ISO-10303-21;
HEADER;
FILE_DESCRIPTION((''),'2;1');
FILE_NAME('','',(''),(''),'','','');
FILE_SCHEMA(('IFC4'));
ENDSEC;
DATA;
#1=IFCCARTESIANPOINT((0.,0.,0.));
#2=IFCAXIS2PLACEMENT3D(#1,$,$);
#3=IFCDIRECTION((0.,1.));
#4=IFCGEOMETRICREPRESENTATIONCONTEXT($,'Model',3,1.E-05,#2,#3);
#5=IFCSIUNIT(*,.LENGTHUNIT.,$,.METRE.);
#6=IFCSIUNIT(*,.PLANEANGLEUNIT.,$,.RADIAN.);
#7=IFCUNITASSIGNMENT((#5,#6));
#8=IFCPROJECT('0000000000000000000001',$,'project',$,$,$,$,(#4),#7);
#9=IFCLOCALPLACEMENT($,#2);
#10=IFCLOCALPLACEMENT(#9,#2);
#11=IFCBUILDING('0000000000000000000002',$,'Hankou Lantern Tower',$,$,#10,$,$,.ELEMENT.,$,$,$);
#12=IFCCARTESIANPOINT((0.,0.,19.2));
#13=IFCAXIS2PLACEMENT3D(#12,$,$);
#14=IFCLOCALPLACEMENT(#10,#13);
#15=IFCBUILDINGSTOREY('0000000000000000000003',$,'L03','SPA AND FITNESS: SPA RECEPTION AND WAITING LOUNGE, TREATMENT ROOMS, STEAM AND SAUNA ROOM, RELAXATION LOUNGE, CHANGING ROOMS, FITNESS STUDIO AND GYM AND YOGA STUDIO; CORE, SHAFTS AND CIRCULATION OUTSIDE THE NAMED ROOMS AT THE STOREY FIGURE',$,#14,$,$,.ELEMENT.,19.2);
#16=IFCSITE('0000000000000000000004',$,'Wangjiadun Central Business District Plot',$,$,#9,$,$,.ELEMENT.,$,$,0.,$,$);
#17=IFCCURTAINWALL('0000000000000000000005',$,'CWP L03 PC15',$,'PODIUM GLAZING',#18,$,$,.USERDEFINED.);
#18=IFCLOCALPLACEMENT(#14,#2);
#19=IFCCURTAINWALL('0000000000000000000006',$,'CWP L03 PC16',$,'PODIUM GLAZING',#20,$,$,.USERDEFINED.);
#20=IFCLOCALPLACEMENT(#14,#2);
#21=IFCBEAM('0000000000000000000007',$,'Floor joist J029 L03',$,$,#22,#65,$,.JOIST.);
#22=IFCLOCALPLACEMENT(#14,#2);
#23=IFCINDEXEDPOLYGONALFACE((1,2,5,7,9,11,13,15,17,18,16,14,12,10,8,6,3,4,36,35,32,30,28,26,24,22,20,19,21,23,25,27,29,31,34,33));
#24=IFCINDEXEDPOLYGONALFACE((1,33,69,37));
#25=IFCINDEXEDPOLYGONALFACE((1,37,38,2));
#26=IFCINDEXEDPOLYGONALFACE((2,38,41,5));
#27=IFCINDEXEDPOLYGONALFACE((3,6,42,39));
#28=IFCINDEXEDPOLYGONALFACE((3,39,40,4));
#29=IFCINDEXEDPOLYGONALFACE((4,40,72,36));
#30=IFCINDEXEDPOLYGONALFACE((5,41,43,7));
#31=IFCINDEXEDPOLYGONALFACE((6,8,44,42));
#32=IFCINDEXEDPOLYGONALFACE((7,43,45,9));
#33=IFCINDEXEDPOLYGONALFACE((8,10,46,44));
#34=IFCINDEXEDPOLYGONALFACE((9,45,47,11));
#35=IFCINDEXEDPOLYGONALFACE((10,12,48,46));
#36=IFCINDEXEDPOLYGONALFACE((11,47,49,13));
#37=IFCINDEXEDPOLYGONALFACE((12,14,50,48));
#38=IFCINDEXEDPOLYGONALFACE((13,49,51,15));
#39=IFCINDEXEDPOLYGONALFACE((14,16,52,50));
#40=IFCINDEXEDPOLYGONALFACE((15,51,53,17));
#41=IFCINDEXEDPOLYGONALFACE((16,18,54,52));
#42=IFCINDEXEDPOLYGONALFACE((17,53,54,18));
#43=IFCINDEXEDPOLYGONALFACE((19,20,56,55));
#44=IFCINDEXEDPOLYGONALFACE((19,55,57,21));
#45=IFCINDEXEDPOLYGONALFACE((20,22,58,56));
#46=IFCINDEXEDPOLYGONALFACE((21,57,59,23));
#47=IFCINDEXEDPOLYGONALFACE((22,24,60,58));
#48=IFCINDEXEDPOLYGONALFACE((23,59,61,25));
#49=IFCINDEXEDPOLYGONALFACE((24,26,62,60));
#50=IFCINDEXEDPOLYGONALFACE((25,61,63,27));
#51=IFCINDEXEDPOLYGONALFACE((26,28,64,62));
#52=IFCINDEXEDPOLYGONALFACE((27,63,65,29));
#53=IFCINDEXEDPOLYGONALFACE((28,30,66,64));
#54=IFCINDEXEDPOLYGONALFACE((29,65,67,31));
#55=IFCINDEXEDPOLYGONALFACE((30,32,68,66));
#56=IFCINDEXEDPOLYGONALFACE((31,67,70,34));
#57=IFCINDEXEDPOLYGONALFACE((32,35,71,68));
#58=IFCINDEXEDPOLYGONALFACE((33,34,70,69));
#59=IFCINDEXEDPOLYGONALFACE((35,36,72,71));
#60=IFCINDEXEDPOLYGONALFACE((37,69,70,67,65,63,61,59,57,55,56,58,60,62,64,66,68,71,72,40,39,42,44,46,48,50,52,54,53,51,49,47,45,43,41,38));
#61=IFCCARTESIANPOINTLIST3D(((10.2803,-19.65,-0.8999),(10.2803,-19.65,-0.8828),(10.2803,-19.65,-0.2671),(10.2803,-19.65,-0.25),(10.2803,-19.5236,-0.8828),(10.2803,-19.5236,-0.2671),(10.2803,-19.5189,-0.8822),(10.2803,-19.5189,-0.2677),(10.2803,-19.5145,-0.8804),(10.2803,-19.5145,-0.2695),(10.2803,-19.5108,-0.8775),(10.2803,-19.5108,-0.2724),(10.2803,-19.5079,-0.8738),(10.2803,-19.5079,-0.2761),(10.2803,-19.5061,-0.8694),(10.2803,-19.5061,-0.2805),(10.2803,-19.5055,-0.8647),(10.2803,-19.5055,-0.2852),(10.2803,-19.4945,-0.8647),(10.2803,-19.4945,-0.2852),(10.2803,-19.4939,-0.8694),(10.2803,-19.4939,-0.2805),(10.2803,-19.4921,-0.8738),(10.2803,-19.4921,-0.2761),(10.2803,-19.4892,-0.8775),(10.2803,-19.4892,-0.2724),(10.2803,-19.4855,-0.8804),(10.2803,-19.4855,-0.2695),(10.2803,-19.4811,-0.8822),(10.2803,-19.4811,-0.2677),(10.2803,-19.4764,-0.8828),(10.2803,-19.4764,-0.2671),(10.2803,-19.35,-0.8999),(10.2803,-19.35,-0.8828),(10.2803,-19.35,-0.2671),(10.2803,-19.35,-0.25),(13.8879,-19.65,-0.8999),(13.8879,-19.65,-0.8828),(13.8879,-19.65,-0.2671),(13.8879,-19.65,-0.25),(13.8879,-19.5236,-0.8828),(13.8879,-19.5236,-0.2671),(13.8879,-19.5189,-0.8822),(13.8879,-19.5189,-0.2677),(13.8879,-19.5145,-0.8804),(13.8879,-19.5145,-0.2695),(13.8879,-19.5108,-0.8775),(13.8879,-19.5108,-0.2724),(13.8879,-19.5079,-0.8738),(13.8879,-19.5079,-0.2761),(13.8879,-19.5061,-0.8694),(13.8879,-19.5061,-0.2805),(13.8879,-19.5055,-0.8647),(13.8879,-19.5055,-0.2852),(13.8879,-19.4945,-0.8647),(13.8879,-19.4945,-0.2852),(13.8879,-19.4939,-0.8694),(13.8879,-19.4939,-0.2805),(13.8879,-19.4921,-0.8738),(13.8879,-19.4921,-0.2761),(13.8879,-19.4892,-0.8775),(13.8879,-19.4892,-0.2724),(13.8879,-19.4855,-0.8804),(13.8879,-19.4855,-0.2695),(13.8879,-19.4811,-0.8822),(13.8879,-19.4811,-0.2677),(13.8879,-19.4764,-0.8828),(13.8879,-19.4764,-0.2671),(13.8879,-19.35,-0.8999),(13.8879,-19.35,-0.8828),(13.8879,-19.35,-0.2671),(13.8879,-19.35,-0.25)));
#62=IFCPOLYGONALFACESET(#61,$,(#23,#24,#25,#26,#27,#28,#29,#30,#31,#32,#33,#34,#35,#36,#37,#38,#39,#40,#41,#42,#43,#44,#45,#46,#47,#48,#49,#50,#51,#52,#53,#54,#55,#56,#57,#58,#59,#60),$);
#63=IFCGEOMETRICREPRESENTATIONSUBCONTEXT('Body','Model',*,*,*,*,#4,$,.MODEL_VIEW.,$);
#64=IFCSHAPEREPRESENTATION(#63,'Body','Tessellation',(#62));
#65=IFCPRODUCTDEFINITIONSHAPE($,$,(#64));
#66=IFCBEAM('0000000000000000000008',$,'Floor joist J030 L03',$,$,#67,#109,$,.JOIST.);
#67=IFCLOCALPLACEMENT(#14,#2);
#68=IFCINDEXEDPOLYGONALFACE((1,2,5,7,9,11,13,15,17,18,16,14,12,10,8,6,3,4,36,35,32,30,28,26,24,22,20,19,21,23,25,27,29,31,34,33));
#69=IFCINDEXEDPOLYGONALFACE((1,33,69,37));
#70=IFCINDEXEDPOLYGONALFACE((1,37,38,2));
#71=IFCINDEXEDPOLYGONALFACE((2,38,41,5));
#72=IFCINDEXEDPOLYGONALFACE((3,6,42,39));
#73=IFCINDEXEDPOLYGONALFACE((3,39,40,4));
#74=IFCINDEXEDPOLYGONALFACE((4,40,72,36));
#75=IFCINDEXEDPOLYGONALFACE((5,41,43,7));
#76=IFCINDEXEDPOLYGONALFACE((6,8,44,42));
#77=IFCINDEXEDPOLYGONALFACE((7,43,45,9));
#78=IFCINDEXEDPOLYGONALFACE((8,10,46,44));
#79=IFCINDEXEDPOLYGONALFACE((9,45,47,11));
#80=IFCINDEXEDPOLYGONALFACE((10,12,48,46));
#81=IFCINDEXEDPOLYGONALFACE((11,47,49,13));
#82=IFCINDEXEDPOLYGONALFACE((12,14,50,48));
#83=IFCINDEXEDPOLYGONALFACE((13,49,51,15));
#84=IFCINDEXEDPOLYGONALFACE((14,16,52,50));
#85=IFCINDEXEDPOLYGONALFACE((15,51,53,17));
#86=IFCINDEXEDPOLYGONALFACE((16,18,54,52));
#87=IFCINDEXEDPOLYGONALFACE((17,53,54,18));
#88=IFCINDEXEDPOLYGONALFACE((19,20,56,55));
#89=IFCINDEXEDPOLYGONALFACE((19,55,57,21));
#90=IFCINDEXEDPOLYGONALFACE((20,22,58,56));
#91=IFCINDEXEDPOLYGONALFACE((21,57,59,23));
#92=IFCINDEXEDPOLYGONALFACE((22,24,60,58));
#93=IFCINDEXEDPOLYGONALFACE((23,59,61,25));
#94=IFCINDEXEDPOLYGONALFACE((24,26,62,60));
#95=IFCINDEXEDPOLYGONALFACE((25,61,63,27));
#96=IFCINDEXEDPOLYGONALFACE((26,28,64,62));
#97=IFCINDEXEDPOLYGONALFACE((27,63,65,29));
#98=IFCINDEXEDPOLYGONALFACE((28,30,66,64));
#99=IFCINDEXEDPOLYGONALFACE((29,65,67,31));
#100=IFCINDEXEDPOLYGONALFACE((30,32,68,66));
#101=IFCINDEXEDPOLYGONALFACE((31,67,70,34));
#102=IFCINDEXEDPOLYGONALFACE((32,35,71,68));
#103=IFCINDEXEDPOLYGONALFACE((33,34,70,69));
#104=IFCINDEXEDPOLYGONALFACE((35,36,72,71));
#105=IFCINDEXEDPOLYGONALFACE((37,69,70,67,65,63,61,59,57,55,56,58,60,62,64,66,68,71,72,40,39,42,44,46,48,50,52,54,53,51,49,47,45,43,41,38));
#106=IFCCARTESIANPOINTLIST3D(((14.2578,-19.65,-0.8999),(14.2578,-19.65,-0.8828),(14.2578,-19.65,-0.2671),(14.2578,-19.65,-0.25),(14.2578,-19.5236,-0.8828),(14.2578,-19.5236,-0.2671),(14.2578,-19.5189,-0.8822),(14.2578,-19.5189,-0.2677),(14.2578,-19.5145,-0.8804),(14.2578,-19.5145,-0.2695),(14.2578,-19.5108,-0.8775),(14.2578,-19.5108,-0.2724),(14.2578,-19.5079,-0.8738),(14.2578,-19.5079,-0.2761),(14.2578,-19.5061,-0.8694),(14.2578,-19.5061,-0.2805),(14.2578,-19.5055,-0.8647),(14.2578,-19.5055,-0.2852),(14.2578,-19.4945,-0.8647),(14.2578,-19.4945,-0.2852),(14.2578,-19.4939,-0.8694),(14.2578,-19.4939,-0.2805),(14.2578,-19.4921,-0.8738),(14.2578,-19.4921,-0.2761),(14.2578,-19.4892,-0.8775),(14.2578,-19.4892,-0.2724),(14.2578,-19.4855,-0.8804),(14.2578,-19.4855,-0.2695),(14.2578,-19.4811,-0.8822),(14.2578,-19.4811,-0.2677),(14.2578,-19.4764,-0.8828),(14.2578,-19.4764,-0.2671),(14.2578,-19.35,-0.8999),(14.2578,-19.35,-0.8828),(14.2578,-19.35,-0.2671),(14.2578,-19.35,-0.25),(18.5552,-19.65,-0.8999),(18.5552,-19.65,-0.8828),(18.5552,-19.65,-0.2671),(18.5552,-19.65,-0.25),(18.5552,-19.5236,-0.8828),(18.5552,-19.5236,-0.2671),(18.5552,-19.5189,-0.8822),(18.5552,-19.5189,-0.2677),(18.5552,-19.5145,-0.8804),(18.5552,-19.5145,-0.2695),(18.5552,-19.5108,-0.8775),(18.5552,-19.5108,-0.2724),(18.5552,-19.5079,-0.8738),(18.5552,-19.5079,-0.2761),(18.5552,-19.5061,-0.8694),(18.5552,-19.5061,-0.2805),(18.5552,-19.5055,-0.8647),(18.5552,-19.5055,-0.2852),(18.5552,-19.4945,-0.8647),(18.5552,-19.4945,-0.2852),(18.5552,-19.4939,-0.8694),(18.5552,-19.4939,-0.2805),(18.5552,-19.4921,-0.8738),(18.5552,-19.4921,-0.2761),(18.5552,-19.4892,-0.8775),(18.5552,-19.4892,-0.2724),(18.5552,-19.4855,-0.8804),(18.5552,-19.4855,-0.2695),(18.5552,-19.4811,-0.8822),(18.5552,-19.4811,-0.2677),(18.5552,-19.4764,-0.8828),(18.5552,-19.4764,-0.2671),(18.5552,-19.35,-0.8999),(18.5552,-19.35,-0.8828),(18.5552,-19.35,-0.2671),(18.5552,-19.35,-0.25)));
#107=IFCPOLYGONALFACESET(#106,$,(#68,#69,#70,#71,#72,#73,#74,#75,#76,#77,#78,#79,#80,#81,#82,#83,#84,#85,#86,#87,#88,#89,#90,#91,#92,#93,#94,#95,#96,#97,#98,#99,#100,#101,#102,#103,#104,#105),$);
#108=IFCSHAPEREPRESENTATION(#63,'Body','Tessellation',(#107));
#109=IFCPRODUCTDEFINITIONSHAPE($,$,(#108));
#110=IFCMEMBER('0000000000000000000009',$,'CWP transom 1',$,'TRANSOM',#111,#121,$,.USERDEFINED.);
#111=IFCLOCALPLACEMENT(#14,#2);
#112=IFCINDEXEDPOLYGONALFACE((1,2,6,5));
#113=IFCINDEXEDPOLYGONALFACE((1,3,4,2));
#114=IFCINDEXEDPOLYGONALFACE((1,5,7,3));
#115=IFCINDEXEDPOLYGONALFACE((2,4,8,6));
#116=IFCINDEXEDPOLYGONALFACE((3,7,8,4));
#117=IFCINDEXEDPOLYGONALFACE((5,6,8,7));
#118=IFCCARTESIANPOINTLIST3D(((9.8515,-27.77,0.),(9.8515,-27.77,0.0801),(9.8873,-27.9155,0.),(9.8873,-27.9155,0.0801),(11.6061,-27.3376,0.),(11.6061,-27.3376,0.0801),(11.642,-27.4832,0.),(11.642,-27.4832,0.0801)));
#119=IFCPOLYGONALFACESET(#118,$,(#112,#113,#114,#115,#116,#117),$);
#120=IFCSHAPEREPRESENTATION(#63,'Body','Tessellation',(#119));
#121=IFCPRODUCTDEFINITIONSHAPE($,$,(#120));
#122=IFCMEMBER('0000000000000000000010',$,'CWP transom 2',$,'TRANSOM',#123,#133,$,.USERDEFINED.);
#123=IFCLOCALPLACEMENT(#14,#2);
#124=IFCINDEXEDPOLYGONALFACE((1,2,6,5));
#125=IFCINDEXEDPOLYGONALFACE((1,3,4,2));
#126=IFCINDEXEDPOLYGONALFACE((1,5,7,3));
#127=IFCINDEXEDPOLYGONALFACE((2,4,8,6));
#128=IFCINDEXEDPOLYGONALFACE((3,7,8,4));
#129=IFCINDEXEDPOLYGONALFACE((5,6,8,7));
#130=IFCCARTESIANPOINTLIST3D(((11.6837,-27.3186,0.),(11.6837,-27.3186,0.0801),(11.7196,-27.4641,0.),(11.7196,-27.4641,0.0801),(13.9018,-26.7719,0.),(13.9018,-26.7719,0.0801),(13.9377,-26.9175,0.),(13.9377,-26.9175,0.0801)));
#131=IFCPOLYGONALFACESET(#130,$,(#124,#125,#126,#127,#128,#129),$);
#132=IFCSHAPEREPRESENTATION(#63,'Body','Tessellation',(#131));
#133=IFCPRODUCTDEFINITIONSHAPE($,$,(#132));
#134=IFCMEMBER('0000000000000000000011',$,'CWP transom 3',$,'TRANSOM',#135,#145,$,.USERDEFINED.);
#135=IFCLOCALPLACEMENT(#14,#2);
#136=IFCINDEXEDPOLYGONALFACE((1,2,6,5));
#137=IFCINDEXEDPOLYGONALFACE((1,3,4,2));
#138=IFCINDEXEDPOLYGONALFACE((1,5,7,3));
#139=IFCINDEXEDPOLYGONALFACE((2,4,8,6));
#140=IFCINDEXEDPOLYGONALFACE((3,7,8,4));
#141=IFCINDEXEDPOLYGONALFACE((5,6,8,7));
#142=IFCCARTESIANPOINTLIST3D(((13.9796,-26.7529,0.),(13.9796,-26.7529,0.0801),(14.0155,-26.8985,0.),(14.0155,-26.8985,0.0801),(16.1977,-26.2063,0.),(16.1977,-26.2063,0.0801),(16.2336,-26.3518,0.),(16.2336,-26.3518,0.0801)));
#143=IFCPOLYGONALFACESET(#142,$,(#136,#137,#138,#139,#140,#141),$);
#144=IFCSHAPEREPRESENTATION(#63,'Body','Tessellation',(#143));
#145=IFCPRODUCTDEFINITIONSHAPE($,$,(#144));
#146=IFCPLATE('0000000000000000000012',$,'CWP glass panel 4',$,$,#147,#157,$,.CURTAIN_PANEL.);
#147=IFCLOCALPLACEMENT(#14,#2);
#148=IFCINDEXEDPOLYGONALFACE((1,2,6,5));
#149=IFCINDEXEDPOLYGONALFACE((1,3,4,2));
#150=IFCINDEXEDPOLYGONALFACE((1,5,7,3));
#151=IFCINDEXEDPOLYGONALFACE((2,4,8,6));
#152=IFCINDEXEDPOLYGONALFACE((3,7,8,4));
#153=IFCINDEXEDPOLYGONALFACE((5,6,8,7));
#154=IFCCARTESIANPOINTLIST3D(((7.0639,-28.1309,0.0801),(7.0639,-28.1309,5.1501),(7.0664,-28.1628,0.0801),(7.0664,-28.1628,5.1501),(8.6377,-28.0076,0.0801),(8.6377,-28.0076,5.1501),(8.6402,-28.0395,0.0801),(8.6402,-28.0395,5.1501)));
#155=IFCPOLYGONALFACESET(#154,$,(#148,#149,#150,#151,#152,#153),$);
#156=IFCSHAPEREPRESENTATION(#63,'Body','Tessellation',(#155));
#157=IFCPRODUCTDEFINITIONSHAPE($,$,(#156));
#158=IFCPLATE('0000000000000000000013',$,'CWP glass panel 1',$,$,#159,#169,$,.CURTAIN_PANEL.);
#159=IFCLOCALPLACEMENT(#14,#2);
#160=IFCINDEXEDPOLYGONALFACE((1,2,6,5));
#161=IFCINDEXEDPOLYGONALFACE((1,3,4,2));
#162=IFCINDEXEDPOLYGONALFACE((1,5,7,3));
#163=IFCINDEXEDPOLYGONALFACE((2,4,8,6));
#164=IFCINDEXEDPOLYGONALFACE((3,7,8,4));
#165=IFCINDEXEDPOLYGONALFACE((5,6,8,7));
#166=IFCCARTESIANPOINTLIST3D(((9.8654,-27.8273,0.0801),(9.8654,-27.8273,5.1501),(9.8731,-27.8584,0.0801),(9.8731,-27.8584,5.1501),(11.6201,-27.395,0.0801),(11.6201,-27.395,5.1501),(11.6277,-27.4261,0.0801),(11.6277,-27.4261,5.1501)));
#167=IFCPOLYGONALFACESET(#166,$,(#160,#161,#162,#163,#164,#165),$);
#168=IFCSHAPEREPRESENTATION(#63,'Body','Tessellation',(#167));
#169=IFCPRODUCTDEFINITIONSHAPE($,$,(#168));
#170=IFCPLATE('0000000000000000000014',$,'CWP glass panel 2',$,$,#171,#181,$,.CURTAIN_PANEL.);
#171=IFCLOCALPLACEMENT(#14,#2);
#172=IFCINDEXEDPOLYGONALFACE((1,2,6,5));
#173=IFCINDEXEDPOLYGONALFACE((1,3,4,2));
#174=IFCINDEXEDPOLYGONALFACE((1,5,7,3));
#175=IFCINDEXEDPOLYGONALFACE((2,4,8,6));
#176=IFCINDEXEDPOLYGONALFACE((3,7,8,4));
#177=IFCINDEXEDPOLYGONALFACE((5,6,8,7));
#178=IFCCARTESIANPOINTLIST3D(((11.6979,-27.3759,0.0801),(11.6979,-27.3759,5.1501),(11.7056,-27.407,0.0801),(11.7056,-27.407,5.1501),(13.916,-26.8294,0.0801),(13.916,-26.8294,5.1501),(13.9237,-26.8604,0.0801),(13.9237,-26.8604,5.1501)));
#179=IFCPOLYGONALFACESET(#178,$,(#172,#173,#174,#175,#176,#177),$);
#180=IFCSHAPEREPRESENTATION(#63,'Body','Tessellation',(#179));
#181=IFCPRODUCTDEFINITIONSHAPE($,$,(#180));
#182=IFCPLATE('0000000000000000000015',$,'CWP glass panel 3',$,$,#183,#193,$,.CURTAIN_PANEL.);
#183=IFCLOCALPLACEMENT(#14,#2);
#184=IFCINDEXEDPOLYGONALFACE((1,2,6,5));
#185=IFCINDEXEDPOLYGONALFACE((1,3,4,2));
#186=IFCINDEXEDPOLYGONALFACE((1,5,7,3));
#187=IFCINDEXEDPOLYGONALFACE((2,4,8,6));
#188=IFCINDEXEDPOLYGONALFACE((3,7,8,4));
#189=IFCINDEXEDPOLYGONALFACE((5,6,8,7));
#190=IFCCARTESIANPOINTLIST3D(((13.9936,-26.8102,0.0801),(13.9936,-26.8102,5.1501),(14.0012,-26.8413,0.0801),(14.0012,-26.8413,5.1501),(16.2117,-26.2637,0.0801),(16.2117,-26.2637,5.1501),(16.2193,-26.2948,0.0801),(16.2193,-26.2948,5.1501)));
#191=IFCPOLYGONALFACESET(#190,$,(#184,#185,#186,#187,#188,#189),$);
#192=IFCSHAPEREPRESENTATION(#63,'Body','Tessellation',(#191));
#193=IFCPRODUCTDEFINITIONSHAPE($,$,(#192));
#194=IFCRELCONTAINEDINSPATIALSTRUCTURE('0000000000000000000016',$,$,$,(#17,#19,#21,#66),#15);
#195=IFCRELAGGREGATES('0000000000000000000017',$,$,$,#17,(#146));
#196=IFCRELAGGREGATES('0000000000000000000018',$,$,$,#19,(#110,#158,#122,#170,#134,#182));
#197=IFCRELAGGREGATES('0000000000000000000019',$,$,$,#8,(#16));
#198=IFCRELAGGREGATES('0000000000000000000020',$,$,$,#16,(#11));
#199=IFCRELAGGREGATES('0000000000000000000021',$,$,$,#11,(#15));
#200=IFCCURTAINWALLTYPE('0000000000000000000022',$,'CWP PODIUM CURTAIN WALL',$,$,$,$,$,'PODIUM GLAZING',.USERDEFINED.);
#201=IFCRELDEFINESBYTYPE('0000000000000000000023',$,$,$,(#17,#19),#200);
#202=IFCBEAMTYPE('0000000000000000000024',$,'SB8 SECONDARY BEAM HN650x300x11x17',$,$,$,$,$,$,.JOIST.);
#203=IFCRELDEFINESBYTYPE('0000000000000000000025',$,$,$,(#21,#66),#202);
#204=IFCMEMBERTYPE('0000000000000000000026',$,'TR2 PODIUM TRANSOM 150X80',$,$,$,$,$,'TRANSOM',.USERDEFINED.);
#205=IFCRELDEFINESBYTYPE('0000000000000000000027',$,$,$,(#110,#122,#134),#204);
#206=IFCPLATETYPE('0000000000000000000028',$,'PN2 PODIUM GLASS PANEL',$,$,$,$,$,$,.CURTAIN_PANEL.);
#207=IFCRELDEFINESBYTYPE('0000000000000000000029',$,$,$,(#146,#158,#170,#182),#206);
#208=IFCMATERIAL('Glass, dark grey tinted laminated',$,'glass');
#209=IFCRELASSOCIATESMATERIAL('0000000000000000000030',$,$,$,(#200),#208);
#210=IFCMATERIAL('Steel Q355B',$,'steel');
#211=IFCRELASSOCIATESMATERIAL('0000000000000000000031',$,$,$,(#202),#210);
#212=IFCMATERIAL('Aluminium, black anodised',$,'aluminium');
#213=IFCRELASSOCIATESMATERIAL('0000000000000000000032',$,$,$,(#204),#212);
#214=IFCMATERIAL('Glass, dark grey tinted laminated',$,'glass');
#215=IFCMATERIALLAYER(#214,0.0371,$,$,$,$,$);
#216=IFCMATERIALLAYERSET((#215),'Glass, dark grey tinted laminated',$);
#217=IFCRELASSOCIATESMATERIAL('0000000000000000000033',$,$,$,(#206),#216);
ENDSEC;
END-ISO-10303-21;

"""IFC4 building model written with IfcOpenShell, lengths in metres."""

from ifc_helpers import new_model, si_unit, direction, frame, origin, origin_2d, place, context, subcontext, project, spatial, rectangle, i_section, extrude, material, layer, layer_set, material_profile, profile_set, type_object, element, aggregate, save


model = new_model("IFC4")

# Units and contexts
model_context = context("Model", 3, precision=1e-05, world=origin(), true_north=direction((0.0, 1.0)))
body_context = subcontext(model_context, "Body", "Model", "MODEL_VIEW")
ifc_project = project(units=[si_unit("LENGTHUNIT", "METRE"), si_unit("PLANEANGLEUNIT", "RADIAN")], contexts=[model_context])

# Site, building, storey
site_placement = place(None, origin())
site = spatial("IfcSite", under=ifc_project, at=site_placement, Name="Wangjiadun Central Business District Plot", CompositionType="ELEMENT", RefElevation=0.0)
building_placement = place(site_placement, origin())
building = spatial("IfcBuilding", under=site, at=building_placement, Name="Hankou Lantern Tower", CompositionType="ELEMENT")
storey_placement = place(building_placement, frame((0.0, 0.0, 19.2)))
storey = spatial("IfcBuildingStorey", under=building, at=storey_placement, Name="L03", Description="SPA AND FITNESS: SPA RECEPTION AND WAITING LOUNGE, TREATMENT ROOMS, STEAM AND SAUNA ROOM, RELAXATION LOUNGE, CHANGING ROOMS, FITNESS STUDIO AND GYM AND YOGA STUDIO; CORE, SHAFTS AND CIRCULATION OUTSIDE THE NAMED ROOMS AT THE STOREY FIGURE", CompositionType="ELEMENT", Elevation=19.2)

# Curtain wall
ifc_material_1 = material(Name="Glass, dark grey tinted laminated", Category="glass")
curtain_wall_type = type_object("IfcCurtainWallType", Name="CWP PODIUM CURTAIN WALL", ElementType="PODIUM GLAZING", PredefinedType="USERDEFINED", material=ifc_material_1)
curtain_wall_1_placement = place(storey_placement, origin())
curtain_wall_1 = element("IfcCurtainWall", 1, at=curtain_wall_1_placement, inside=storey, type_object=curtain_wall_type, Name="CWP L03 PC15", ObjectType="PODIUM GLAZING", PredefinedType="USERDEFINED")

# Curtain wall
curtain_wall_2_placement = place(storey_placement, origin())
curtain_wall_2 = element("IfcCurtainWall", 2, at=curtain_wall_2_placement, inside=storey, type_object=curtain_wall_type, Name="CWP L03 PC16", ObjectType="PODIUM GLAZING", PredefinedType="USERDEFINED")

# Beams
ifc_material_2 = material(Name="Steel Q355B", Category="steel")
ifc_material_profile_1 = material_profile(ifc_material_2, i_section(OverallWidth=0.3, OverallDepth=0.6499, WebThickness=0.011, FlangeThickness=0.0171, FilletRadius=0.0181, at=origin_2d()), Name="HN650x300x11x17")
ifc_profile_set_1 = profile_set([ifc_material_profile_1], Name="Steel Q355B")
beam_type_1 = type_object("IfcBeamType", Name="SB8 SECONDARY BEAM HN650x300x11x17", PredefinedType="JOIST", material=ifc_profile_set_1)
beam_1_placement = place(storey_placement, frame((10.2803, -19.5, -0.575), z_axis=(1.0, 0.0, 0.0), x_axis=(0.0, 1.0, 0.0)))
element("IfcBeam", 3, at=beam_1_placement, inside=storey, type_object=beam_type_1, Name="Floor joist J029 L03", PredefinedType="JOIST", context=body_context, shape_type="SweptSolid", body=[
    extrude(i_section(OverallWidth=0.3, OverallDepth=0.6499, WebThickness=0.011, FlangeThickness=0.0171, FilletRadius=0.0181, at=origin_2d()), origin(), (0.0, 0.0, 1.0), 3.6077),
])
beam_2_placement = place(storey_placement, frame((14.2578, -19.5, -0.575), z_axis=(1.0, 0.0, 0.0), x_axis=(0.0, 1.0, 0.0)))
element("IfcBeam", 4, at=beam_2_placement, inside=storey, type_object=beam_type_1, Name="Floor joist J030 L03", PredefinedType="JOIST", context=body_context, shape_type="SweptSolid", body=[
    extrude(i_section(OverallWidth=0.3, OverallDepth=0.6499, WebThickness=0.011, FlangeThickness=0.0171, FilletRadius=0.0181, at=origin_2d()), origin(), (0.0, 0.0, 1.0), 4.2974),
])

# Members
ifc_material_3 = material(Name="Aluminium, black anodised", Category="aluminium")
ifc_material_profile_2 = material_profile(ifc_material_3, rectangle(XDim=0.1499, YDim=0.0801, at=origin_2d()), Name="TR2 150X80")
ifc_profile_set_2 = profile_set([ifc_material_profile_2], Name="Aluminium, black anodised")
member_type_1 = type_object("IfcMemberType", Name="TR2 PODIUM TRANSOM 150X80", ElementType="TRANSOM", PredefinedType="USERDEFINED", material=ifc_profile_set_2)
member_1_placement = place(storey_placement, frame((9.8694, -27.8428, 0.04), z_axis=(0.970956, 0.23926, 0.0), x_axis=(-0.23926, 0.970956, 0.0)))
member_1 = element("IfcMember", 5, at=member_1_placement, type_object=member_type_1, Name="CWP transom 1", ObjectType="TRANSOM", PredefinedType="USERDEFINED", context=body_context, shape_type="SweptSolid", body=[
    extrude(rectangle(XDim=0.1499, YDim=0.0801, at=origin_2d()), origin(), (0.0, 0.0, 1.0), 1.8071),
])
member_2_placement = place(storey_placement, frame((11.7017, -27.3914, 0.04), z_axis=(0.970948, 0.23929, 0.0), x_axis=(-0.23929, 0.970948, 0.0)))
member_2 = element("IfcMember", 6, at=member_2_placement, type_object=member_type_1, Name="CWP transom 2", ObjectType="TRANSOM", PredefinedType="USERDEFINED", context=body_context, shape_type="SweptSolid", body=[
    extrude(rectangle(XDim=0.1499, YDim=0.0801, at=origin_2d()), origin(), (0.0, 0.0, 1.0), 2.2844),
])
member_3_placement = place(storey_placement, frame((13.9976, -26.8257, 0.04), z_axis=(0.970948, 0.23929, 0.0), x_axis=(-0.23929, 0.970948, 0.0)))
member_3 = element("IfcMember", 7, at=member_3_placement, type_object=member_type_1, Name="CWP transom 3", ObjectType="TRANSOM", PredefinedType="USERDEFINED", context=body_context, shape_type="SweptSolid", body=[
    extrude(rectangle(XDim=0.1499, YDim=0.0801, at=origin_2d()), origin(), (0.0, 0.0, 1.0), 2.2844),
])

# Plates
ifc_material_4 = material(Name="Glass, dark grey tinted laminated", Category="glass")
ifc_layer = layer(ifc_material_4, 0.0371)
ifc_layer_set = layer_set([ifc_layer], Name="Glass, dark grey tinted laminated")
plate_type = type_object("IfcPlateType", Name="PN2 PODIUM GLASS PANEL", PredefinedType="CURTAIN_PANEL", material=ifc_layer_set)
plate_1_placement = place(storey_placement, frame((7.8521, -28.0852, 0.0801), z_axis=(0.0, 0.0, 1.0), x_axis=(0.996949, 0.078062, 0.0)))
plate_1 = element("IfcPlate", 8, at=plate_1_placement, type_object=plate_type, Name="CWP glass panel 4", PredefinedType="CURTAIN_PANEL", context=body_context, shape_type="SweptSolid", body=[
    extrude(rectangle(XDim=1.5786, YDim=0.032, at=origin_2d()), origin(), (0.0, 0.0, 1.0), 5.0701),
])
aggregate(curtain_wall_1, [plate_1])
plate_2_placement = place(storey_placement, frame((10.7466, -27.6267, 0.0801), z_axis=(0.0, 0.0, 1.0), x_axis=(0.970961, 0.239238, 0.0)))
plate_2 = element("IfcPlate", 9, at=plate_2_placement, type_object=plate_type, Name="CWP glass panel 1", PredefinedType="CURTAIN_PANEL", context=body_context, shape_type="SweptSolid", body=[
    extrude(rectangle(XDim=1.8071, YDim=0.032, at=origin_2d()), origin(), (0.0, 0.0, 1.0), 5.0701),
])
plate_3_placement = place(storey_placement, frame((12.8108, -27.1182, 0.0801), z_axis=(0.0, 0.0, 1.0), x_axis=(0.970961, 0.239238, 0.0)))
plate_3 = element("IfcPlate", 10, at=plate_3_placement, type_object=plate_type, Name="CWP glass panel 2", PredefinedType="CURTAIN_PANEL", context=body_context, shape_type="SweptSolid", body=[
    extrude(rectangle(XDim=2.2844, YDim=0.032, at=origin_2d()), origin(), (0.0, 0.0, 1.0), 5.0701),
])
plate_4_placement = place(storey_placement, frame((15.1064, -26.5525, 0.0801), z_axis=(0.0, 0.0, 1.0), x_axis=(0.970961, 0.239238, 0.0)))
plate_4 = element("IfcPlate", 11, at=plate_4_placement, type_object=plate_type, Name="CWP glass panel 3", PredefinedType="CURTAIN_PANEL", context=body_context, shape_type="SweptSolid", body=[
    extrude(rectangle(XDim=2.2844, YDim=0.032, at=origin_2d()), origin(), (0.0, 0.0, 1.0), 5.0701),
])
aggregate(curtain_wall_2, [member_1, plate_2, member_2, plate_3, member_3, plate_4])

save(model, "model.ifc")
